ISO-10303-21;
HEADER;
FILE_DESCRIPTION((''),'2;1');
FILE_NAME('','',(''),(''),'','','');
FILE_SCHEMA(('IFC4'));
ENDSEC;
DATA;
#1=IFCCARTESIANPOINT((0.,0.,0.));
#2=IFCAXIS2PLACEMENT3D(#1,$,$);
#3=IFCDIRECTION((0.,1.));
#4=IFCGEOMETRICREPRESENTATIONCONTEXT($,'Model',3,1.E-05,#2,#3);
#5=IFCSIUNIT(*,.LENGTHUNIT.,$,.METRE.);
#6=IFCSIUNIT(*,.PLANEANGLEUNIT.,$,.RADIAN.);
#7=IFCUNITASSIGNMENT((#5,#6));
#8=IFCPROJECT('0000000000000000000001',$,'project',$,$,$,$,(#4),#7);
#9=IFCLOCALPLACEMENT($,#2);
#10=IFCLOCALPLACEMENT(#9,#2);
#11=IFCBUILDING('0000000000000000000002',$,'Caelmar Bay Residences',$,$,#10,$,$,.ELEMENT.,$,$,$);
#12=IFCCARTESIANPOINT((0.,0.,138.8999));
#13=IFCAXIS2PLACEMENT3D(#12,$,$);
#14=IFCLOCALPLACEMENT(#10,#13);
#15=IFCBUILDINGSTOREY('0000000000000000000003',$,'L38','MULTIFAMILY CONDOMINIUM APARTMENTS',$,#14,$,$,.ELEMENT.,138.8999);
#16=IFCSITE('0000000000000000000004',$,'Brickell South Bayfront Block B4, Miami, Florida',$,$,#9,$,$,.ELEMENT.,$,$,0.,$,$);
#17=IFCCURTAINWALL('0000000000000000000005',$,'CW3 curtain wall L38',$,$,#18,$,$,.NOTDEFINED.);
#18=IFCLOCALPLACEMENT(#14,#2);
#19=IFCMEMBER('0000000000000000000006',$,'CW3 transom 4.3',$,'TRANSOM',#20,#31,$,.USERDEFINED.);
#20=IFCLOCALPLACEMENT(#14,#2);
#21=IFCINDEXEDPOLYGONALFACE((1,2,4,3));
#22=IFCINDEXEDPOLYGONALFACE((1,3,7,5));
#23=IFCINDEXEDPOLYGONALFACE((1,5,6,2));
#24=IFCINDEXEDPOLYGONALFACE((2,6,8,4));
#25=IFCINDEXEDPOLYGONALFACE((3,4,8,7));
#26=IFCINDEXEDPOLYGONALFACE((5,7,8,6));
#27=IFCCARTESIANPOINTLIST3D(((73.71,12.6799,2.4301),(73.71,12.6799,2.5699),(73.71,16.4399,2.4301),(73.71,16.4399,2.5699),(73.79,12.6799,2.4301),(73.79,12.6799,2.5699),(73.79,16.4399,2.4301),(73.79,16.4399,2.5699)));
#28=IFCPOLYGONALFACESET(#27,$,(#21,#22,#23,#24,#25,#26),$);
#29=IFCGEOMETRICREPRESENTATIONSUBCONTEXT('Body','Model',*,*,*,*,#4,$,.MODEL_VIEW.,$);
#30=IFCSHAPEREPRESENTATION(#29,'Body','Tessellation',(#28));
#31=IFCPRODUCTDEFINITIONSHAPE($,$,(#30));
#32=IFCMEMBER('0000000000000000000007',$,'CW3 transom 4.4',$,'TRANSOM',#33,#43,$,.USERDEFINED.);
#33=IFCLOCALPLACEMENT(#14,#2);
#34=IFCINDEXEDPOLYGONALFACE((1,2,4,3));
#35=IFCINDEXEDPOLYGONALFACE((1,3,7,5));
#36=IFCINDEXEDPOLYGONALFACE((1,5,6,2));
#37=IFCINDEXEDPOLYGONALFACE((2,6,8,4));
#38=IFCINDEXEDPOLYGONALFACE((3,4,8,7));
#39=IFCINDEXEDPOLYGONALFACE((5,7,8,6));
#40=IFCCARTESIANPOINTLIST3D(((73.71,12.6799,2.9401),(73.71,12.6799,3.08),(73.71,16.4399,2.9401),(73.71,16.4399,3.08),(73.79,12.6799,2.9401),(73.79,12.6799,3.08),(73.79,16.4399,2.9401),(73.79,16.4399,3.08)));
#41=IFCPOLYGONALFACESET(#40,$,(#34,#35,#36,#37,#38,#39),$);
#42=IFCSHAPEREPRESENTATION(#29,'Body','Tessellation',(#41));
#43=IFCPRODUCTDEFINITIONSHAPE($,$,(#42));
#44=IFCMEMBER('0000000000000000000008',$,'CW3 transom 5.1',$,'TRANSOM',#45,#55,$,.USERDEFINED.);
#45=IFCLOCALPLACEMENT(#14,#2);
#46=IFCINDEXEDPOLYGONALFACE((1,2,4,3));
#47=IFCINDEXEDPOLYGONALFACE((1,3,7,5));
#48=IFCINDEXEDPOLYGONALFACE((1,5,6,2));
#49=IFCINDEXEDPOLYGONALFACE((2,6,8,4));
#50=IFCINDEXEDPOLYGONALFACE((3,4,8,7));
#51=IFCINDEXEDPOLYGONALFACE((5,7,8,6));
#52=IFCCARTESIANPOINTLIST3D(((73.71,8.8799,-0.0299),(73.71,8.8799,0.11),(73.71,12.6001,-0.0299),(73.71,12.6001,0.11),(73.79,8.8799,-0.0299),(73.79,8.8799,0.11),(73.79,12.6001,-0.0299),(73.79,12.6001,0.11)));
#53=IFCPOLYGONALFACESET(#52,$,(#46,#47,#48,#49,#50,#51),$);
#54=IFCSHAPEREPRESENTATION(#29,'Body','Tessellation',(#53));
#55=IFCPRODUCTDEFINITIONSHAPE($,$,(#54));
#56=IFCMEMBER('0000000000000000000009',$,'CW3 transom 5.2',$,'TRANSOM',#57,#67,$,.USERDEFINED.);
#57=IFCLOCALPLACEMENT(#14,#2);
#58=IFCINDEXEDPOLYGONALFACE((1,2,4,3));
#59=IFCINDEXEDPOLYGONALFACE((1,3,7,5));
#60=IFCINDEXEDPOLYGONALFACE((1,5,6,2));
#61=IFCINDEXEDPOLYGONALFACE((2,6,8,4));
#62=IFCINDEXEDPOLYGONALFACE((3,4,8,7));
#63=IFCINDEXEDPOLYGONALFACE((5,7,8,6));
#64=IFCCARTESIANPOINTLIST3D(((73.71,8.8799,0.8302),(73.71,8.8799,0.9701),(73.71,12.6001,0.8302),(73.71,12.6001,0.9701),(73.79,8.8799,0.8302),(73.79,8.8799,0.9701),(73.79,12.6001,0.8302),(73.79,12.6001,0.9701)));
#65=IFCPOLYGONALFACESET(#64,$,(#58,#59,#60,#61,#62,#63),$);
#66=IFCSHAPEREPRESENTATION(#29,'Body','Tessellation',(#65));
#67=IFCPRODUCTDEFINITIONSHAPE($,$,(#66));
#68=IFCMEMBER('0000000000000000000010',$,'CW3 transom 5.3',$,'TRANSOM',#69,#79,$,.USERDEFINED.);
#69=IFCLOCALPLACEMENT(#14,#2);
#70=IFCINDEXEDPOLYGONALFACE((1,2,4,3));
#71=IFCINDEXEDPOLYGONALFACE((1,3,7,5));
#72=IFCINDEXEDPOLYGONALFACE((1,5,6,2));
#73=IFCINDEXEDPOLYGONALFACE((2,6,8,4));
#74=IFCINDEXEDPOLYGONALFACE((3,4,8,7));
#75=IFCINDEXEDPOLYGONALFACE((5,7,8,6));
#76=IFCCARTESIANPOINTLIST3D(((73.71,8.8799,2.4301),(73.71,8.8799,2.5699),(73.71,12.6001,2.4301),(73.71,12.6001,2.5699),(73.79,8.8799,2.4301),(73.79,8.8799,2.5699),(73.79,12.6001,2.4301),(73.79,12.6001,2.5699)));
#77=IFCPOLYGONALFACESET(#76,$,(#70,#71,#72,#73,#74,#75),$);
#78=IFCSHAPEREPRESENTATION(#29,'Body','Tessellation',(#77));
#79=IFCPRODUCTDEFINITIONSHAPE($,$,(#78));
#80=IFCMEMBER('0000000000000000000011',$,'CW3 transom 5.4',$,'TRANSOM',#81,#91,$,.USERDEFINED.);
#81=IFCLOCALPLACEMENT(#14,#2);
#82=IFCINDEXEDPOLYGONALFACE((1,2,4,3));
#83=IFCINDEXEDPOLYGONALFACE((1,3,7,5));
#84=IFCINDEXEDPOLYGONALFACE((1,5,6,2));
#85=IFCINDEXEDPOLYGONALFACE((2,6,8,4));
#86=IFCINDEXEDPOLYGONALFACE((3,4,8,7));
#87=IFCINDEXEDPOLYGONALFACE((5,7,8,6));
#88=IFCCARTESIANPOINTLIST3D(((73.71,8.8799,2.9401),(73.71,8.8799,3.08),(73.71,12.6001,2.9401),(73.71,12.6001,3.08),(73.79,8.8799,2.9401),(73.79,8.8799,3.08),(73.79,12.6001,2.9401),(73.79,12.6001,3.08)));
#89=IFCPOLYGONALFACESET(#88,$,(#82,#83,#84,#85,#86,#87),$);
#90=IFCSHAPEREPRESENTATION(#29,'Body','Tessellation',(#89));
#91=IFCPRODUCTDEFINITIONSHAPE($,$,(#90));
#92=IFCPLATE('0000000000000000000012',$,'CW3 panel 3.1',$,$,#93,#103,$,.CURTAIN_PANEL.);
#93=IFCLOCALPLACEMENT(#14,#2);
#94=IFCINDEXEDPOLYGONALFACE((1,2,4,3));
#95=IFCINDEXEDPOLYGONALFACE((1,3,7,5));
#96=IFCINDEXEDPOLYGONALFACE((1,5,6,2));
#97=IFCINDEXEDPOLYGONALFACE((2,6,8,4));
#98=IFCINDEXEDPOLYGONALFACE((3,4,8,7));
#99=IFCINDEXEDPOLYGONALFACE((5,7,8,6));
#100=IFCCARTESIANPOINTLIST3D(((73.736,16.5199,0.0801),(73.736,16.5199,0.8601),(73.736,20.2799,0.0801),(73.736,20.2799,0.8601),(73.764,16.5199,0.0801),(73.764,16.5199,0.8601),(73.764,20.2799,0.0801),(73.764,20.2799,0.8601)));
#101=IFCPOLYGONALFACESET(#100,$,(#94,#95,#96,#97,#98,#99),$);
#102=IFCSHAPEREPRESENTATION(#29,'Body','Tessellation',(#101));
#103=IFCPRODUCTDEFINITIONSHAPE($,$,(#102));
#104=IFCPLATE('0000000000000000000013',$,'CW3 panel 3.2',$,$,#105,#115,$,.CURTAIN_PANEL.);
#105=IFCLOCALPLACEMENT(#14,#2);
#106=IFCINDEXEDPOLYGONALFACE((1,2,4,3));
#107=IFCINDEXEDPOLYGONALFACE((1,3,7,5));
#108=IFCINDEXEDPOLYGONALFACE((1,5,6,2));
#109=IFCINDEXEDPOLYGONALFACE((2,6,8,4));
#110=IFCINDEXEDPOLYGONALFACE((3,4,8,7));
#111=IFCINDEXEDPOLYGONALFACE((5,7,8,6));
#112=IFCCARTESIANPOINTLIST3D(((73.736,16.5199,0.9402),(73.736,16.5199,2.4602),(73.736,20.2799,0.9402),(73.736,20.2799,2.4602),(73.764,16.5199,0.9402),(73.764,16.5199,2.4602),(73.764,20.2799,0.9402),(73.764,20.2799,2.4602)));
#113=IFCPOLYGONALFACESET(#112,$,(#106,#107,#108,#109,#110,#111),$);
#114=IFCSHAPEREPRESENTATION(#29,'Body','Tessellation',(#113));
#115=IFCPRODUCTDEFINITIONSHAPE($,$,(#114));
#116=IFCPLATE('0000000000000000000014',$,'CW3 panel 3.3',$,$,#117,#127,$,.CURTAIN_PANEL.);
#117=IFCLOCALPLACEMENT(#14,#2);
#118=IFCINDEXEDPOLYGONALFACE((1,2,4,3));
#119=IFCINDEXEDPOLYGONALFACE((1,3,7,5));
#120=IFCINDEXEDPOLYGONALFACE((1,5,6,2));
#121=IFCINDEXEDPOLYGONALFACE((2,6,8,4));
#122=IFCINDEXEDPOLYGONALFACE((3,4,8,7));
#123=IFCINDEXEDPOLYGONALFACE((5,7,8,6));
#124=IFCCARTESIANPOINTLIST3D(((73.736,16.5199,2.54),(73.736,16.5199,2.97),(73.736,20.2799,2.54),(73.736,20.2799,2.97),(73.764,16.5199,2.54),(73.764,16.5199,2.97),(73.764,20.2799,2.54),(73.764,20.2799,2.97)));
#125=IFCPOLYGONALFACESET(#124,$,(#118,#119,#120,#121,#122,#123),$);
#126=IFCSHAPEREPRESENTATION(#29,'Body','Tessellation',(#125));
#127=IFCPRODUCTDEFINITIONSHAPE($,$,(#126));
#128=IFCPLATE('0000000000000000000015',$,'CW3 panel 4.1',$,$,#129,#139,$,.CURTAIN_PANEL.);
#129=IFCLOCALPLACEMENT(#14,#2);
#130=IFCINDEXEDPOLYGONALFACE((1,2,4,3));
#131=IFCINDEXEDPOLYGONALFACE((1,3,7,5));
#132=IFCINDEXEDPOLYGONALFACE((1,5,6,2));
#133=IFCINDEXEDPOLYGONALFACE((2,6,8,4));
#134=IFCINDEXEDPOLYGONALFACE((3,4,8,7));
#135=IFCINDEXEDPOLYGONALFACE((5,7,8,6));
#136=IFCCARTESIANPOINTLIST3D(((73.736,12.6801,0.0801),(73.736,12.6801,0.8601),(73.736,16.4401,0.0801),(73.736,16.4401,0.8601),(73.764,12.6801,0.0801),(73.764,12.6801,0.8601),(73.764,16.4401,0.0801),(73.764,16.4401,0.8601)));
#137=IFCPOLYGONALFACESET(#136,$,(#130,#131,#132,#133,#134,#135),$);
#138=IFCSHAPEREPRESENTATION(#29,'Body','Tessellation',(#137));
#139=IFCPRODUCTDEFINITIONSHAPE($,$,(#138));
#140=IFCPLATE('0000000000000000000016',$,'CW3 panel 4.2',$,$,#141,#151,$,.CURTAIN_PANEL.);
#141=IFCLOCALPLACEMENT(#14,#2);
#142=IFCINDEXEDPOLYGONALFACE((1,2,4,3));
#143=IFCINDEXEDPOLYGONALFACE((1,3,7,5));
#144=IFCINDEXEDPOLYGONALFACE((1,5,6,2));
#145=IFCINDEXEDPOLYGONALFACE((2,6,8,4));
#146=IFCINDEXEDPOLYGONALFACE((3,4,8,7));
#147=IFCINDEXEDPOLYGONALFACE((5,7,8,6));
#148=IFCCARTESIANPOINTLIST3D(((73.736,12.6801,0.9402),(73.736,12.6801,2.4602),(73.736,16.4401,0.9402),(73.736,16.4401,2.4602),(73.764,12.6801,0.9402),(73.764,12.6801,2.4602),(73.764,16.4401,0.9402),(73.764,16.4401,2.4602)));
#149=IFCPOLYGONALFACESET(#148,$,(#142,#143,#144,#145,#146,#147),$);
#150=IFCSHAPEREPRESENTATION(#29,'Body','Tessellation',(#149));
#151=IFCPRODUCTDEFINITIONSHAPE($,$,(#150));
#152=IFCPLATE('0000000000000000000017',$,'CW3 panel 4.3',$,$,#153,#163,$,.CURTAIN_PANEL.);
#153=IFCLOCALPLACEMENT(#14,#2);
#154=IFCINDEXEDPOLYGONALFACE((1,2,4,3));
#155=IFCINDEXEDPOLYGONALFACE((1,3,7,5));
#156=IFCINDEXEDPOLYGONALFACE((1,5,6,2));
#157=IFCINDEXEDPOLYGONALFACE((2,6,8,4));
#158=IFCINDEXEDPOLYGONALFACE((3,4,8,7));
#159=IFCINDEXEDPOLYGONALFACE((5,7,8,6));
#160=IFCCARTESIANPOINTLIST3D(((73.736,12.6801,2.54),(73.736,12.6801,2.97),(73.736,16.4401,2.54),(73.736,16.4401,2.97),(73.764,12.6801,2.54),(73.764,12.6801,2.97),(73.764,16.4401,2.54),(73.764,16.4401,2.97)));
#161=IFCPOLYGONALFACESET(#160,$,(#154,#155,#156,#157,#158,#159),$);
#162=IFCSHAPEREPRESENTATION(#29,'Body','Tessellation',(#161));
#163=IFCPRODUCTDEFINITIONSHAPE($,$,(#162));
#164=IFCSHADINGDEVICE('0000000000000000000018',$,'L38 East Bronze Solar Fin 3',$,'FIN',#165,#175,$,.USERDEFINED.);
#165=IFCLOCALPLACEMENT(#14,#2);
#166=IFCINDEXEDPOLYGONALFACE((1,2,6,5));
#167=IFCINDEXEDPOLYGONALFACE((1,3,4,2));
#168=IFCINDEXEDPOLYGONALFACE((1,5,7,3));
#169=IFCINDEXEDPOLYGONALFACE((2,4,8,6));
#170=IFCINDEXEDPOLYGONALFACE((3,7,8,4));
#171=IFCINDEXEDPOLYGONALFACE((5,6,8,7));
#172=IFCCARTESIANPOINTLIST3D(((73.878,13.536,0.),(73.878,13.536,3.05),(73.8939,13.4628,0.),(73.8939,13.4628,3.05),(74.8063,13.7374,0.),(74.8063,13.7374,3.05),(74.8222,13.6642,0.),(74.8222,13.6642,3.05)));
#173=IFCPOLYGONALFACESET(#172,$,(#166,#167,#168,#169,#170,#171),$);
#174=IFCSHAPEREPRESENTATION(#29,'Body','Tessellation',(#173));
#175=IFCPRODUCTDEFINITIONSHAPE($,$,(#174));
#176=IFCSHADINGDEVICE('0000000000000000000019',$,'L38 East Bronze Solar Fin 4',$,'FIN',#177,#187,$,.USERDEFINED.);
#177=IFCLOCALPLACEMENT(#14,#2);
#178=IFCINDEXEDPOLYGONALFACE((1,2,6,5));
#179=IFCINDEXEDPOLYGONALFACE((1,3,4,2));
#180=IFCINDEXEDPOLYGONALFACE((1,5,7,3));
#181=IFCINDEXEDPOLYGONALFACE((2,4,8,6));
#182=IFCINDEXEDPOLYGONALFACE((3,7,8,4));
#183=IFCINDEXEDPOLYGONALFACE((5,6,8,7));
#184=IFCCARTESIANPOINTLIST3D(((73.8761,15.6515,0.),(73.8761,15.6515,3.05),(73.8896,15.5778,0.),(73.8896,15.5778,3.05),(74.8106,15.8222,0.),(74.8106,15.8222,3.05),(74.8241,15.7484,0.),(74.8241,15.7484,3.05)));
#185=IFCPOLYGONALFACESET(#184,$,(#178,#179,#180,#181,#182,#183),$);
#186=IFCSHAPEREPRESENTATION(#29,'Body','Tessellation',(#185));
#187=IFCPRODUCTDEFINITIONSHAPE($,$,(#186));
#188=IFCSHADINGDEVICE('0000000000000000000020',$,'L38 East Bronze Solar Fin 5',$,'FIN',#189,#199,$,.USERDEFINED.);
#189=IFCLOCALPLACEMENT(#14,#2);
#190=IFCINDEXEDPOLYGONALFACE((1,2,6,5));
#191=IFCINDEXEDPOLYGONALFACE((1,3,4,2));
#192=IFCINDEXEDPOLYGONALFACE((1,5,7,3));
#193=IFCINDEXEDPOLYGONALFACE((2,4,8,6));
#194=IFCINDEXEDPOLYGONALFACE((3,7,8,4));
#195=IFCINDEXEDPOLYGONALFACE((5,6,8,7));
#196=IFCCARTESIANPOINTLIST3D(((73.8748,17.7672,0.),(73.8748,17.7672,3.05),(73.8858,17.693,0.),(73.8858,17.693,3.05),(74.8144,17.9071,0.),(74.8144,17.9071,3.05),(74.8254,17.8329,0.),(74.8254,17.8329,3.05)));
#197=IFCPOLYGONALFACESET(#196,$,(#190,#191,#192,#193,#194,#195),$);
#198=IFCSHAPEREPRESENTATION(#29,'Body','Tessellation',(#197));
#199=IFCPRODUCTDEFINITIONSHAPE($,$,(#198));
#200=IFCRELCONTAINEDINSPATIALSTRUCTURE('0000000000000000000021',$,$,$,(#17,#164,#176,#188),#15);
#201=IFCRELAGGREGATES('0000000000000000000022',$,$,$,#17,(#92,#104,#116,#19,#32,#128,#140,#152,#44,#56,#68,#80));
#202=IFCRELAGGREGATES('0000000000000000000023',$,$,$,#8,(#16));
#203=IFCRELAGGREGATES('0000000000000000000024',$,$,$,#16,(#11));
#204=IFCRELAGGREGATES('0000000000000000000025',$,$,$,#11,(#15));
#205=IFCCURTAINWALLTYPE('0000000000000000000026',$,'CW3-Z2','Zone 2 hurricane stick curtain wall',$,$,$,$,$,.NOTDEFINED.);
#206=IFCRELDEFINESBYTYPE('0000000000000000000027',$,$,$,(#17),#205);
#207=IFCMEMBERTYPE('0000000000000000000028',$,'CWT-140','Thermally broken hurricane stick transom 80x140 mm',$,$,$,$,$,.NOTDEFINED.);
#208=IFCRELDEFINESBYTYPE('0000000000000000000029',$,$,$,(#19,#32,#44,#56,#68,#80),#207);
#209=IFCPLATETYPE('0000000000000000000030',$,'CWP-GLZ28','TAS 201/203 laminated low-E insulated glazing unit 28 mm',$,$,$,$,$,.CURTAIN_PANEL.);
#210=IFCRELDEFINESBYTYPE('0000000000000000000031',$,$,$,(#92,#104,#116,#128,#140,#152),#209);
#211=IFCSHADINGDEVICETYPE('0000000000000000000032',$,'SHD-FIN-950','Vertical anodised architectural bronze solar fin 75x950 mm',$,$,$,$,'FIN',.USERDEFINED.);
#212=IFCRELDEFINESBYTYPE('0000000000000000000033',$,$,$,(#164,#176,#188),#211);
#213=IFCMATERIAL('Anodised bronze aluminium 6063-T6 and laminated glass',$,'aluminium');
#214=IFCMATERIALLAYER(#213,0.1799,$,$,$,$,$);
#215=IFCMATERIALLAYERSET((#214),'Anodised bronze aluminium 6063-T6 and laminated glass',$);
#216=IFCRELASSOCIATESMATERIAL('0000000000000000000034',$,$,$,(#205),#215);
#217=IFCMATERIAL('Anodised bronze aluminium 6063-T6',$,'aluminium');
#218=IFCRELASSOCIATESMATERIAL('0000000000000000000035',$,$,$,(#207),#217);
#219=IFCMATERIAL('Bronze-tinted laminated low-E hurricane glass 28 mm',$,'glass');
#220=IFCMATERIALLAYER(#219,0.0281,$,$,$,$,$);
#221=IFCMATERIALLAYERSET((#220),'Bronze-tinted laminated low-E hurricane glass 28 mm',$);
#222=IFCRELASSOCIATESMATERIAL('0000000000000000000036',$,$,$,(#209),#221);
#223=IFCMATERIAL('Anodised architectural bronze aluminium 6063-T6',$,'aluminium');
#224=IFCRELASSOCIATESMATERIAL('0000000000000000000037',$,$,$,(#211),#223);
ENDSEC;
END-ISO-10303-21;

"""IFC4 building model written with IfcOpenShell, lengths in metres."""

from ifc_helpers import new_model, si_unit, direction, frame, origin, origin_2d, place, context, subcontext, project, spatial, rectangle, extrude, material, layer, layer_set, material_profile, profile_set, type_object, element, aggregate, save


model = new_model("IFC4")

# Units and contexts
model_context = context("Model", 3, precision=1e-05, world=origin(), true_north=direction((0.0, 1.0)))
body_context = subcontext(model_context, "Body", "Model", "MODEL_VIEW")
ifc_project = project(units=[si_unit("LENGTHUNIT", "METRE"), si_unit("PLANEANGLEUNIT", "RADIAN")], contexts=[model_context])

# Site, building, storey
site_placement = place(None, origin())
site = spatial("IfcSite", under=ifc_project, at=site_placement, Name="Brickell South Bayfront Block B4, Miami, Florida", CompositionType="ELEMENT", RefElevation=0.0)
building_placement = place(site_placement, origin())
building = spatial("IfcBuilding", under=site, at=building_placement, Name="Caelmar Bay Residences", CompositionType="ELEMENT")
storey_placement = place(building_placement, frame((0.0, 0.0, 138.8999)))
storey = spatial("IfcBuildingStorey", under=building, at=storey_placement, Name="L38", Description="MULTIFAMILY CONDOMINIUM APARTMENTS", CompositionType="ELEMENT", Elevation=138.8999)

# Curtain wall, members, plates
ifc_material_1 = material(Name="Anodised bronze aluminium 6063-T6 and laminated glass", Category="aluminium")
ifc_layer_1 = layer(ifc_material_1, 0.1799)
ifc_layer_set_1 = layer_set([ifc_layer_1], Name="Anodised bronze aluminium 6063-T6 and laminated glass")
curtain_wall_type = type_object("IfcCurtainWallType", Name="CW3-Z2", Description="Zone 2 hurricane stick curtain wall", PredefinedType="NOTDEFINED", material=ifc_layer_set_1)
curtain_wall_placement = place(storey_placement, origin())
curtain_wall = element("IfcCurtainWall", 1, at=curtain_wall_placement, inside=storey, type_object=curtain_wall_type, Name="CW3 curtain wall L38", PredefinedType="NOTDEFINED")
ifc_material_2 = material(Name="Anodised bronze aluminium 6063-T6", Category="aluminium")
ifc_material_profile_1 = material_profile(ifc_material_2, rectangle(XDim=0.0801, YDim=0.1399, at=origin_2d()), Name="CWT-80X140")
ifc_profile_set_1 = profile_set([ifc_material_profile_1], Name="Anodised bronze aluminium 6063-T6")
member_type_1 = type_object("IfcMemberType", Name="CWT-140", Description="Thermally broken hurricane stick transom 80x140 mm", PredefinedType="NOTDEFINED", material=ifc_profile_set_1)
member_1_placement = place(storey_placement, frame((73.75, 16.4399, 2.5), z_axis=(0.0, -1.0, 0.0), x_axis=(1.0, 0.0, 0.0)))
member_1 = element("IfcMember", 2, at=member_1_placement, type_object=member_type_1, Name="CW3 transom 4.3", ObjectType="TRANSOM", PredefinedType="USERDEFINED", context=body_context, shape_type="SweptSolid", body=[
    extrude(rectangle(XDim=0.0801, YDim=0.1399, at=origin_2d()), origin(), (0.0, 0.0, 1.0), 3.76),
])
member_2_placement = place(storey_placement, frame((73.75, 16.4399, 3.01), z_axis=(0.0, -1.0, 0.0), x_axis=(1.0, 0.0, 0.0)))
member_2 = element("IfcMember", 3, at=member_2_placement, type_object=member_type_1, Name="CW3 transom 4.4", ObjectType="TRANSOM", PredefinedType="USERDEFINED", context=body_context, shape_type="SweptSolid", body=[
    extrude(rectangle(XDim=0.0801, YDim=0.1399, at=origin_2d()), origin(), (0.0, 0.0, 1.0), 3.76),
])
member_3_placement = place(storey_placement, frame((73.75, 12.6001, 0.04), z_axis=(0.0, -1.0, 0.0), x_axis=(1.0, 0.0, 0.0)))
member_3 = element("IfcMember", 4, at=member_3_placement, type_object=member_type_1, Name="CW3 transom 5.1", ObjectType="TRANSOM", PredefinedType="USERDEFINED", context=body_context, shape_type="SweptSolid", body=[
    extrude(rectangle(XDim=0.0801, YDim=0.1399, at=origin_2d()), origin(), (0.0, 0.0, 1.0), 3.7202),
])
member_4_placement = place(storey_placement, frame((73.75, 12.6001, 0.9001), z_axis=(0.0, -1.0, 0.0), x_axis=(1.0, 0.0, 0.0)))
member_4 = element("IfcMember", 5, at=member_4_placement, type_object=member_type_1, Name="CW3 transom 5.2", ObjectType="TRANSOM", PredefinedType="USERDEFINED", context=body_context, shape_type="SweptSolid", body=[
    extrude(rectangle(XDim=0.0801, YDim=0.1399, at=origin_2d()), origin(), (0.0, 0.0, 1.0), 3.7202),
])
member_5_placement = place(storey_placement, frame((73.75, 12.6001, 2.5), z_axis=(0.0, -1.0, 0.0), x_axis=(1.0, 0.0, 0.0)))
member_5 = element("IfcMember", 6, at=member_5_placement, type_object=member_type_1, Name="CW3 transom 5.3", ObjectType="TRANSOM", PredefinedType="USERDEFINED", context=body_context, shape_type="SweptSolid", body=[
    extrude(rectangle(XDim=0.0801, YDim=0.1399, at=origin_2d()), origin(), (0.0, 0.0, 1.0), 3.7202),
])
member_6_placement = place(storey_placement, frame((73.75, 12.6001, 3.01), z_axis=(0.0, -1.0, 0.0), x_axis=(1.0, 0.0, 0.0)))
member_6 = element("IfcMember", 7, at=member_6_placement, type_object=member_type_1, Name="CW3 transom 5.4", ObjectType="TRANSOM", PredefinedType="USERDEFINED", context=body_context, shape_type="SweptSolid", body=[
    extrude(rectangle(XDim=0.0801, YDim=0.1399, at=origin_2d()), origin(), (0.0, 0.0, 1.0), 3.7202),
])
ifc_material_3 = material(Name="Bronze-tinted laminated low-E hurricane glass 28 mm", Category="glass")
ifc_layer_2 = layer(ifc_material_3, 0.0281)
ifc_layer_set_2 = layer_set([ifc_layer_2], Name="Bronze-tinted laminated low-E hurricane glass 28 mm")
plate_type = type_object("IfcPlateType", Name="CWP-GLZ28", Description="TAS 201/203 laminated low-E insulated glazing unit 28 mm", PredefinedType="CURTAIN_PANEL", material=ifc_layer_set_2)
plate_1_placement = place(storey_placement, frame((73.75, 18.3999, 0.0801), z_axis=(0.0, 0.0, 1.0), x_axis=(0.0, -1.0, 0.0)))
plate_1 = element("IfcPlate", 8, at=plate_1_placement, type_object=plate_type, Name="CW3 panel 3.1", PredefinedType="CURTAIN_PANEL", context=body_context, shape_type="SweptSolid", body=[
    extrude(rectangle(XDim=3.76, YDim=0.0281, at=origin_2d()), origin(), (0.0, 0.0, 1.0), 0.78),
])
plate_2_placement = place(storey_placement, frame((73.75, 18.3999, 0.9402), z_axis=(0.0, 0.0, 1.0), x_axis=(0.0, -1.0, 0.0)))
plate_2 = element("IfcPlate", 9, at=plate_2_placement, type_object=plate_type, Name="CW3 panel 3.2", PredefinedType="CURTAIN_PANEL", context=body_context, shape_type="SweptSolid", body=[
    extrude(rectangle(XDim=3.76, YDim=0.0281, at=origin_2d()), origin(), (0.0, 0.0, 1.0), 1.52),
])
plate_3_placement = place(storey_placement, frame((73.75, 18.3999, 2.54), z_axis=(0.0, 0.0, 1.0), x_axis=(0.0, -1.0, 0.0)))
plate_3 = element("IfcPlate", 10, at=plate_3_placement, type_object=plate_type, Name="CW3 panel 3.3", PredefinedType="CURTAIN_PANEL", context=body_context, shape_type="SweptSolid", body=[
    extrude(rectangle(XDim=3.76, YDim=0.0281, at=origin_2d()), origin(), (0.0, 0.0, 1.0), 0.4299),
])
plate_4_placement = place(storey_placement, frame((73.75, 14.5601, 0.0801), z_axis=(0.0, 0.0, 1.0), x_axis=(0.0, -1.0, 0.0)))
plate_4 = element("IfcPlate", 11, at=plate_4_placement, type_object=plate_type, Name="CW3 panel 4.1", PredefinedType="CURTAIN_PANEL", context=body_context, shape_type="SweptSolid", body=[
    extrude(rectangle(XDim=3.76, YDim=0.0281, at=origin_2d()), origin(), (0.0, 0.0, 1.0), 0.78),
])
plate_5_placement = place(storey_placement, frame((73.75, 14.5601, 0.9402), z_axis=(0.0, 0.0, 1.0), x_axis=(0.0, -1.0, 0.0)))
plate_5 = element("IfcPlate", 12, at=plate_5_placement, type_object=plate_type, Name="CW3 panel 4.2", PredefinedType="CURTAIN_PANEL", context=body_context, shape_type="SweptSolid", body=[
    extrude(rectangle(XDim=3.76, YDim=0.0281, at=origin_2d()), origin(), (0.0, 0.0, 1.0), 1.52),
])
plate_6_placement = place(storey_placement, frame((73.75, 14.5601, 2.54), z_axis=(0.0, 0.0, 1.0), x_axis=(0.0, -1.0, 0.0)))
plate_6 = element("IfcPlate", 13, at=plate_6_placement, type_object=plate_type, Name="CW3 panel 4.3", PredefinedType="CURTAIN_PANEL", context=body_context, shape_type="SweptSolid", body=[
    extrude(rectangle(XDim=3.76, YDim=0.0281, at=origin_2d()), origin(), (0.0, 0.0, 1.0), 0.4299),
])
aggregate(curtain_wall, [plate_1, plate_2, plate_3, member_1, member_2, plate_4, plate_5, plate_6, member_3, member_4, member_5, member_6])

# Shading devices
ifc_material_4 = material(Name="Anodised architectural bronze aluminium 6063-T6", Category="aluminium")
ifc_material_profile_2 = material_profile(ifc_material_4, rectangle(XDim=0.075, YDim=0.95, at=origin_2d()), Name="BRONZE-FIN-75X950")
ifc_profile_set_2 = profile_set([ifc_material_profile_2], Name="Anodised architectural bronze aluminium 6063-T6")
shading_device_type = type_object("IfcShadingDeviceType", Name="SHD-FIN-950", Description="Vertical anodised architectural bronze solar fin 75x950 mm", ElementType="FIN", PredefinedType="USERDEFINED", material=ifc_profile_set_2)
for number, where, z_axis, x_axis, name in (
    (14, (74.3501, 13.6001, 0.0), (0.0, 0.0, 1.0), (-0.212007, 0.977268, 0.0), "L38 East Bronze Solar Fin 3"),
    (15, (74.3501, 15.7, 0.0), (0.0, 0.0, 1.0), (-0.179661, 0.983729, 0.0), "L38 East Bronze Solar Fin 4"),
    (16, (74.3501, 17.8, 0.0), (0.0, 0.0, 1.0), (-0.147292, 0.989093, 0.0), "L38 East Bronze Solar Fin 5"),
):
    element("IfcShadingDevice", number, at=place(storey_placement, frame(where, z_axis=z_axis, x_axis=x_axis)), inside=storey, type_object=shading_device_type, Name=name, ObjectType="FIN", PredefinedType="USERDEFINED", context=body_context, shape_type="SweptSolid", body=[
        extrude(rectangle(XDim=0.075, YDim=0.95, at=origin_2d()), origin(), (0.0, 0.0, 1.0), 3.05),
    ])

save(model, "model.ifc")
